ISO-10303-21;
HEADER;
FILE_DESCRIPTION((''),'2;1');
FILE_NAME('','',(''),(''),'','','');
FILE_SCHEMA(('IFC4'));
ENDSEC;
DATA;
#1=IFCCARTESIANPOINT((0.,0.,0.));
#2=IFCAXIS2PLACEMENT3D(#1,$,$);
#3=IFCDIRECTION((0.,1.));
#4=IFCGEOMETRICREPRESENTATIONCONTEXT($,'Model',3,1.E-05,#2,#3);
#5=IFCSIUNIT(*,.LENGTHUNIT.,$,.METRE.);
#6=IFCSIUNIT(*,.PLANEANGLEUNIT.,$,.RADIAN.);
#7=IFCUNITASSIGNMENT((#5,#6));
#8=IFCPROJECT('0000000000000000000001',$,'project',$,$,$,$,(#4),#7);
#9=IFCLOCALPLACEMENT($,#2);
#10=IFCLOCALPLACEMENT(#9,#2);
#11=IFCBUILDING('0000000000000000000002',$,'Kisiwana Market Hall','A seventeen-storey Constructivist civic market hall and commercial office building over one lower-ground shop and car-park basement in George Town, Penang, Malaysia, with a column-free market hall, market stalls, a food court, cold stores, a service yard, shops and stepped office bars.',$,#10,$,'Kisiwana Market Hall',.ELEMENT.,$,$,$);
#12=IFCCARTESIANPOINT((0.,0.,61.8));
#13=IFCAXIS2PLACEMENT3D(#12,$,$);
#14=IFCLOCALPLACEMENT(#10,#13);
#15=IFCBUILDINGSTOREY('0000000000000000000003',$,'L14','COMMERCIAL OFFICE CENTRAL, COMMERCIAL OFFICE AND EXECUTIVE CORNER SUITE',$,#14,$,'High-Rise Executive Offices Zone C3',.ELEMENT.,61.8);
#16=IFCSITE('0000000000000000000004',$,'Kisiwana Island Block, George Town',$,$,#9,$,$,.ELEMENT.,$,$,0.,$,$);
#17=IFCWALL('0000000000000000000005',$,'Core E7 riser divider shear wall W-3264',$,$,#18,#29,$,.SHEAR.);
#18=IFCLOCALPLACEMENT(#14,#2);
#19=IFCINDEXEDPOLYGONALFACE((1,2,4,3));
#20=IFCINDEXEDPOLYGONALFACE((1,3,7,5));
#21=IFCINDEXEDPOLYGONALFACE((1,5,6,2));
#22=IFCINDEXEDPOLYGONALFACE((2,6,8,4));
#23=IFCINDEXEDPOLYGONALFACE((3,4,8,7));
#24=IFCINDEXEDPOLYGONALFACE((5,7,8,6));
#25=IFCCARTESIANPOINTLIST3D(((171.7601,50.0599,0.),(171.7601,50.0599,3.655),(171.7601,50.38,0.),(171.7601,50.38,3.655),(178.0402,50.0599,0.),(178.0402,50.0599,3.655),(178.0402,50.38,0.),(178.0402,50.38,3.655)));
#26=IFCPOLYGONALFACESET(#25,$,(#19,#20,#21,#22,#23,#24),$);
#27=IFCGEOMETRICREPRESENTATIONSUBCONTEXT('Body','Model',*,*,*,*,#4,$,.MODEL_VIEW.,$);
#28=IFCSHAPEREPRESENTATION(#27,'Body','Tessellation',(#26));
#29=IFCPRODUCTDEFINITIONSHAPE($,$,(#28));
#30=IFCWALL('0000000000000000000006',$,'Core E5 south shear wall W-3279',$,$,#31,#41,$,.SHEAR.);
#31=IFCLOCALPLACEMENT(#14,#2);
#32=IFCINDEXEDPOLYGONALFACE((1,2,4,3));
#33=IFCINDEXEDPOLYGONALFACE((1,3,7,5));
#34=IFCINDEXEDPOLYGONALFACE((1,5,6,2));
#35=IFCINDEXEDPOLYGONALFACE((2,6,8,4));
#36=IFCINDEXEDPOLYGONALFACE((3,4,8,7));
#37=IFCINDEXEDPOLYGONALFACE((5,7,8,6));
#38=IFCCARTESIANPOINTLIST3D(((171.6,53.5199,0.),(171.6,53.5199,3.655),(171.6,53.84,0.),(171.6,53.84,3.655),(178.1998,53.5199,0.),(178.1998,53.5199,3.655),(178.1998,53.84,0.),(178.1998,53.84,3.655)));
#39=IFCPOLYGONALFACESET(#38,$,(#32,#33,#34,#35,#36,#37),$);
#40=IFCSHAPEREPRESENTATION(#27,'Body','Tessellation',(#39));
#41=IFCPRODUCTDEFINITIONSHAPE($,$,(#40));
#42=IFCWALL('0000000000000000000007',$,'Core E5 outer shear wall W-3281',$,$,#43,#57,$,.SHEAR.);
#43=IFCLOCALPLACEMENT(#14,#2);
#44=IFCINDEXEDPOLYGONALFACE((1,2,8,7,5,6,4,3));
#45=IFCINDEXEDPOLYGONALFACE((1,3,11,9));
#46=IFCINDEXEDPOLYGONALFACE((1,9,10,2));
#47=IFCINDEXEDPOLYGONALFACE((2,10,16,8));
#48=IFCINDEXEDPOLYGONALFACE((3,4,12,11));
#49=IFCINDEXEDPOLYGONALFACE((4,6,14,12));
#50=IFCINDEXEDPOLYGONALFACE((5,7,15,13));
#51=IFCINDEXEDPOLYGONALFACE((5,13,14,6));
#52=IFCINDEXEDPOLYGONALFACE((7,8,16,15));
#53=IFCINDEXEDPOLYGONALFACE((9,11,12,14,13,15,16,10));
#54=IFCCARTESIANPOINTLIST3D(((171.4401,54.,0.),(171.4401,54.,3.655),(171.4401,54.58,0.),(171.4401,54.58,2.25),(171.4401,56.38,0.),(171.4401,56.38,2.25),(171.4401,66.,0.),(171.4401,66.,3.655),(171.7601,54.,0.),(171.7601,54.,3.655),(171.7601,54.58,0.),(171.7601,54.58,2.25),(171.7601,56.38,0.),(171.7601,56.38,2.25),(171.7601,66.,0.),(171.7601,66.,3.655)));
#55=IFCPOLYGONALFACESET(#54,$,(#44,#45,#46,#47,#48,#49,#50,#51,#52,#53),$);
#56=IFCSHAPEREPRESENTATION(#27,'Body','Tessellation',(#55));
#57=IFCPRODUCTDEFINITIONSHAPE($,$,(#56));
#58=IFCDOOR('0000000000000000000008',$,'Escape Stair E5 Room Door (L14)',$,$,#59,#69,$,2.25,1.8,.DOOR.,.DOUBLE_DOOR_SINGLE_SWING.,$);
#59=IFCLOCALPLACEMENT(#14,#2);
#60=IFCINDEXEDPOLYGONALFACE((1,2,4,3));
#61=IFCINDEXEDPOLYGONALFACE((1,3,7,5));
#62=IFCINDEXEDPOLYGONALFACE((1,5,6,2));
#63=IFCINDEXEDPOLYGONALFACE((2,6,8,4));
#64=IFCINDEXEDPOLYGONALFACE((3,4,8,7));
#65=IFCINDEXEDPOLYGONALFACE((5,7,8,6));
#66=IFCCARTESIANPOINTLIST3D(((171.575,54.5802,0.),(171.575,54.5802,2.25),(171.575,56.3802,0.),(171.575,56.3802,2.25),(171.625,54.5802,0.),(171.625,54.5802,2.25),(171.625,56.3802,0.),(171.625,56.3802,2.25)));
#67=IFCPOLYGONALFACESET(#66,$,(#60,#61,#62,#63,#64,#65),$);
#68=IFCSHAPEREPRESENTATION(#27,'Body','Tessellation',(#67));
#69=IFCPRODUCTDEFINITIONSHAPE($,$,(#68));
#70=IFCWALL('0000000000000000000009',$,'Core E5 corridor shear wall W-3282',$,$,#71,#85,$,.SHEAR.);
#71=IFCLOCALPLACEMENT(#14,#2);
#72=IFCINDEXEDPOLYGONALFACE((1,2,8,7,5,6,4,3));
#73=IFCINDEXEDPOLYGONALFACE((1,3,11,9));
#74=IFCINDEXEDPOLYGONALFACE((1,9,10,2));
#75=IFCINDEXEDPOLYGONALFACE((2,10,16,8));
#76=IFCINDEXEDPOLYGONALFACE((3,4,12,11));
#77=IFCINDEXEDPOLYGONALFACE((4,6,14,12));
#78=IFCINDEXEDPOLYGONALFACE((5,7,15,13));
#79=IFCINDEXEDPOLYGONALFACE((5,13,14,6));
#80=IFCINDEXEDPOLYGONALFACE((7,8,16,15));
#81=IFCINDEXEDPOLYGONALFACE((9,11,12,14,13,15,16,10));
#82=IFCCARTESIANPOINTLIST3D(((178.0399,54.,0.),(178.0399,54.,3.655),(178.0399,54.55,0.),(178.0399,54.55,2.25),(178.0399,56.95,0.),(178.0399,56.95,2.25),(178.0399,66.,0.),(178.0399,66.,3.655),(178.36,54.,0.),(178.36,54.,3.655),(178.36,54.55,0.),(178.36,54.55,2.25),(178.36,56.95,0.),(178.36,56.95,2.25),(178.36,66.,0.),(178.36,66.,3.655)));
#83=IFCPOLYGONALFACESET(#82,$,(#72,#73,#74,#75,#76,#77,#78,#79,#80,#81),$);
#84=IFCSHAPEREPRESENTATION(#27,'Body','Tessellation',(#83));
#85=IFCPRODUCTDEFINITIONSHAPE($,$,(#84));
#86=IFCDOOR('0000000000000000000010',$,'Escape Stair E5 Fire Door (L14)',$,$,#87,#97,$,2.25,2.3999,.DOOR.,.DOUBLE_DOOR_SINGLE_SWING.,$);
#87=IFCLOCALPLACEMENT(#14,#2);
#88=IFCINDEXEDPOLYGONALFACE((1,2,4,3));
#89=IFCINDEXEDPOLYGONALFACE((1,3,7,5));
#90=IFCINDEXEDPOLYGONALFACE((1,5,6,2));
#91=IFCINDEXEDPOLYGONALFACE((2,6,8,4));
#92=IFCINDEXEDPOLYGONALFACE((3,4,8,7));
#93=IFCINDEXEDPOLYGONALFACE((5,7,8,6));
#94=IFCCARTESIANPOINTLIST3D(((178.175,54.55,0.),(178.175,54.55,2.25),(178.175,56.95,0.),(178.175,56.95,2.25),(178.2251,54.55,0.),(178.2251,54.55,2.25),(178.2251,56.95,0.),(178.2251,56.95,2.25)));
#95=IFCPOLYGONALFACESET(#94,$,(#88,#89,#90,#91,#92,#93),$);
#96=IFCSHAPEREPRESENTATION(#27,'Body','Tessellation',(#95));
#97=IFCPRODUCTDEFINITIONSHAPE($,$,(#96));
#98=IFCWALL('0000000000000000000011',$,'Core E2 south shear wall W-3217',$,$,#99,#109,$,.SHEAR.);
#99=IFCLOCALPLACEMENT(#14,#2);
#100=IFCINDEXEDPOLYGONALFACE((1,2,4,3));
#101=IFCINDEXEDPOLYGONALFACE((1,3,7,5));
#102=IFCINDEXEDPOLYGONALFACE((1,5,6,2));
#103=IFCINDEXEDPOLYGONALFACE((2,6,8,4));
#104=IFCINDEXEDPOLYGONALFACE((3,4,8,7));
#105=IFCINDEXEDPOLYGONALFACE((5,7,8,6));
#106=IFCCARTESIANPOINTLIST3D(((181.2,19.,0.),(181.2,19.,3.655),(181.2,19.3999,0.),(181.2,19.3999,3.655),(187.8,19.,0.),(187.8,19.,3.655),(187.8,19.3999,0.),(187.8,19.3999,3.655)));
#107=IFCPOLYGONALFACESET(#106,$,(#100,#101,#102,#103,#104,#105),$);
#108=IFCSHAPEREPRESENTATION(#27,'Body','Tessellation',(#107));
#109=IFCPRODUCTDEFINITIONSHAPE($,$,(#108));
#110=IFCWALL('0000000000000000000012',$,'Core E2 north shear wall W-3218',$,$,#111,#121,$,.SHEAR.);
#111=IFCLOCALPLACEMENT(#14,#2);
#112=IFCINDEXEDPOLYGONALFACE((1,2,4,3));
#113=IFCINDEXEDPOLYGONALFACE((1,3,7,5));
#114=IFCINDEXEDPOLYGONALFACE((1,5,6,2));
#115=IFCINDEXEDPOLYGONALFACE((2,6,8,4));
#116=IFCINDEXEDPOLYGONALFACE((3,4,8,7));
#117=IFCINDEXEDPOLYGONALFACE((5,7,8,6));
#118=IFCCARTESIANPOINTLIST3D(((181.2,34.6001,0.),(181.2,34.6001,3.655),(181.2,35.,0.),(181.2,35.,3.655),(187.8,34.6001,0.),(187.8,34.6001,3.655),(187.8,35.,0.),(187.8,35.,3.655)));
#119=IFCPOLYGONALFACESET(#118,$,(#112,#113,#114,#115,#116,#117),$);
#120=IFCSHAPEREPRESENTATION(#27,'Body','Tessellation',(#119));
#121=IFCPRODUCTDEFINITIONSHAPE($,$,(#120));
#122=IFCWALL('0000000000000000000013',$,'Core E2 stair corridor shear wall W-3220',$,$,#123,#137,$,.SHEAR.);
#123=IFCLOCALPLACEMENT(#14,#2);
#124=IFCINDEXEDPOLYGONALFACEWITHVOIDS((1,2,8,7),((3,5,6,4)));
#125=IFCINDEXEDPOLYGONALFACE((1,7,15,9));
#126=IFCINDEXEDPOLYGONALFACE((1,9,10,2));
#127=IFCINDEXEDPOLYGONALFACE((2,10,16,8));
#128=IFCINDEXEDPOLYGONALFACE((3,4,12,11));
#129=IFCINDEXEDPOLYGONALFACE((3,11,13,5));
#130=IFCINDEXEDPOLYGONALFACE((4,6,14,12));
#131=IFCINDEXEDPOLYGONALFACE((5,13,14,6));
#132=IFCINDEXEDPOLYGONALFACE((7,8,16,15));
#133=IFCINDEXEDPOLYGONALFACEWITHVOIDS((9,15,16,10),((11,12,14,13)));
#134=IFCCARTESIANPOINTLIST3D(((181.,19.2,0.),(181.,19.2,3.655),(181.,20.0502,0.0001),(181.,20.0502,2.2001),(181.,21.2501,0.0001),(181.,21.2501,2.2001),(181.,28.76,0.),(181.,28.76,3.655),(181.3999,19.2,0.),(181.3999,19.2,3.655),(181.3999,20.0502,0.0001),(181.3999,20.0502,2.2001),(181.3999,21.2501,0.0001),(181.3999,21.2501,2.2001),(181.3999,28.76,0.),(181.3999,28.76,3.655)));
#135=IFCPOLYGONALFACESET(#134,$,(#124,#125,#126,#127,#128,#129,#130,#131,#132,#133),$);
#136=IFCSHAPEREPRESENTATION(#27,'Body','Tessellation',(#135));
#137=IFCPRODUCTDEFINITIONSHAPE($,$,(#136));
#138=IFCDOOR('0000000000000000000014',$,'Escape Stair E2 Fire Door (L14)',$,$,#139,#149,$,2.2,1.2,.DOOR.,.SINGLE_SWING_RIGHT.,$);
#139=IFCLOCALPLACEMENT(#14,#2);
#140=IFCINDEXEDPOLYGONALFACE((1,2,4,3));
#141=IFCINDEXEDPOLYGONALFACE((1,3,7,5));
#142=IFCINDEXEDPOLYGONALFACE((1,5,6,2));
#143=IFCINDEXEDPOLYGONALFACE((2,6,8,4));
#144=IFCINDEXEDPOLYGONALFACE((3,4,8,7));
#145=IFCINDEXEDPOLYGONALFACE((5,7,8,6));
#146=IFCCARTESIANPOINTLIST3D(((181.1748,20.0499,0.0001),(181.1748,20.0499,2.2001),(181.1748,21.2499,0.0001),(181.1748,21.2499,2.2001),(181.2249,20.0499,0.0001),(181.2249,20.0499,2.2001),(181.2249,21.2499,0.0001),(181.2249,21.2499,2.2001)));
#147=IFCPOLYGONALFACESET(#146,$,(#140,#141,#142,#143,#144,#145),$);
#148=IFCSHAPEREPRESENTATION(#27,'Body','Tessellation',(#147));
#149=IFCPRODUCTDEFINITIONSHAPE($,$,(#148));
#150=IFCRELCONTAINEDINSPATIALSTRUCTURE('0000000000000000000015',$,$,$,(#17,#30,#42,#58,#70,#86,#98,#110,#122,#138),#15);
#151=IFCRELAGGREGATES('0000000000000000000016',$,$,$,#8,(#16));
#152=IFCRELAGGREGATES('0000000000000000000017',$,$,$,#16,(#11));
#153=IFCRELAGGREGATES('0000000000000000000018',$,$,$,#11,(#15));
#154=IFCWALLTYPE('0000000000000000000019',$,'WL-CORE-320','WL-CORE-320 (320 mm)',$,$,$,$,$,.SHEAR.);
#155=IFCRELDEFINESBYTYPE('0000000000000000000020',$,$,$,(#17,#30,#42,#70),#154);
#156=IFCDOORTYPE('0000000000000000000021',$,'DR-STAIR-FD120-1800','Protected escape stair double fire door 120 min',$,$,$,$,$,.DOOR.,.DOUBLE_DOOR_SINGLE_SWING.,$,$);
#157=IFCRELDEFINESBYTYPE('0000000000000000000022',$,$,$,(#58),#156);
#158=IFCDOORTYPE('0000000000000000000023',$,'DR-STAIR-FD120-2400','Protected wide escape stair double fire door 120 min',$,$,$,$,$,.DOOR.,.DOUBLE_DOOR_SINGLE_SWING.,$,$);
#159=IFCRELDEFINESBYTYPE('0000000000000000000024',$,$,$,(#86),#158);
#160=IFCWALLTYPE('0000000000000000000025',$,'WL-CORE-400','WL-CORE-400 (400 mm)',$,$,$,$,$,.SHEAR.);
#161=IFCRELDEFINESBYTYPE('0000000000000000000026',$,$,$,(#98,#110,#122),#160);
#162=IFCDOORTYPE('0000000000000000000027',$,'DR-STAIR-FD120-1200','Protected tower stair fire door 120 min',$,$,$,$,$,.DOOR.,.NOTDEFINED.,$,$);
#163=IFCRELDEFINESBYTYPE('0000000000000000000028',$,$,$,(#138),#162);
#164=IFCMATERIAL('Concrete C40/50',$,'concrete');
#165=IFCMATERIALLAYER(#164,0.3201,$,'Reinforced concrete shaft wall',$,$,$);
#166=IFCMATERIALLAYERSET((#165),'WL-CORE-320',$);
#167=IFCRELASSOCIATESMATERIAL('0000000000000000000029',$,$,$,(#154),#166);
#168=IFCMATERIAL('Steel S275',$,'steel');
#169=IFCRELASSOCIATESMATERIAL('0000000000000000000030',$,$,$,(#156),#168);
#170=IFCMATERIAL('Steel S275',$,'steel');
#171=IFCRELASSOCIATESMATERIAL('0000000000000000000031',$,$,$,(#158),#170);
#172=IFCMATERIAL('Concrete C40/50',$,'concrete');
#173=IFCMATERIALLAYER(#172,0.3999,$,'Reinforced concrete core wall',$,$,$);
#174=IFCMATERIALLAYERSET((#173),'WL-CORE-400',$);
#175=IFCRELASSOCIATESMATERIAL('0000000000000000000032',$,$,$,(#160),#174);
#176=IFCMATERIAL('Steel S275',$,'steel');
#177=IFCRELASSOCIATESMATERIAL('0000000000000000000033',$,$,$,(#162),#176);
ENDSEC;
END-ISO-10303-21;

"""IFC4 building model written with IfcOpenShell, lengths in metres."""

from ifc_helpers import new_model, si_unit, direction, frame, frame_2d, origin, place, context, subcontext, project, spatial, rectangle, extrude, material, layer, layer_set, type_object, element, fill, save


model = new_model("IFC4")

# Units and contexts
model_context = context("Model", 3, precision=1e-05, world=origin(), true_north=direction((0.0, 1.0)))
body_context = subcontext(model_context, "Body", "Model", "MODEL_VIEW")
ifc_project = project(units=[si_unit("LENGTHUNIT", "METRE"), si_unit("PLANEANGLEUNIT", "RADIAN")], contexts=[model_context])

# Site, building, storey
site_placement = place(None, origin())
site = spatial("IfcSite", under=ifc_project, at=site_placement, Name="Kisiwana Island Block, George Town", CompositionType="ELEMENT", RefElevation=0.0)
building_placement = place(site_placement, origin())
building = spatial("IfcBuilding", under=site, at=building_placement, Name="Kisiwana Market Hall", Description="A seventeen-storey Constructivist civic market hall and commercial office building over one lower-ground shop and car-park basement in George Town, Penang, Malaysia, with a column-free market hall, market stalls, a food court, cold stores, a service yard, shops and stepped office bars.", LongName="Kisiwana Market Hall", CompositionType="ELEMENT")
storey_placement = place(building_placement, frame((0.0, 0.0, 61.8)))
storey = spatial("IfcBuildingStorey", under=building, at=storey_placement, Name="L14", Description="COMMERCIAL OFFICE CENTRAL, COMMERCIAL OFFICE AND EXECUTIVE CORNER SUITE", LongName="High-Rise Executive Offices Zone C3", CompositionType="ELEMENT", Elevation=61.8)

# Shared definitions
ifc_material_1 = material(Name="Concrete C40/50", Category="concrete")
ifc_layer_1 = layer(ifc_material_1, 0.3201, Name="Reinforced concrete shaft wall")
ifc_layer_set_1 = layer_set([ifc_layer_1], Name="WL-CORE-320")
wall_type_1 = type_object("IfcWallType", Name="WL-CORE-320", Description="WL-CORE-320 (320 mm)", PredefinedType="SHEAR", material=ifc_layer_set_1)

# Shared definitions
ifc_material_2 = material(Name="Steel S275", Category="steel")
door_type_1 = type_object("IfcDoorType", Name="DR-STAIR-FD120-1800", Description="Protected escape stair double fire door 120 min", OperationType="DOUBLE_DOOR_SINGLE_SWING", PredefinedType="DOOR", material=ifc_material_2)
ifc_material_3 = material(Name="Steel S275", Category="steel")
door_type_2 = type_object("IfcDoorType", Name="DR-STAIR-FD120-2400", Description="Protected wide escape stair double fire door 120 min", OperationType="DOUBLE_DOOR_SINGLE_SWING", PredefinedType="DOOR", material=ifc_material_3)

# Walls
wall_1_placement = place(storey_placement, frame((171.76, 50.22, 0.0), z_axis=(0.0, 0.0, 1.0), x_axis=(1.0, 0.0, 0.0)))
element("IfcWall", 1, at=wall_1_placement, inside=storey, type_object=wall_type_1, Name="Core E7 riser divider shear wall W-3264", PredefinedType="SHEAR", context=body_context, shape_type="SweptSolid", body=[
    extrude(rectangle(XDim=6.28, YDim=0.3201, at=frame_2d((3.1401, 0.0))), origin(), (0.0, 0.0, 1.0), 3.655),
])
wall_2_placement = place(storey_placement, frame((171.6001, 53.6799, 0.0), z_axis=(0.0, 0.0, 1.0), x_axis=(1.0, 0.0, 0.0)))
element("IfcWall", 2, at=wall_2_placement, inside=storey, type_object=wall_type_1, Name="Core E5 south shear wall W-3279", PredefinedType="SHEAR", context=body_context, shape_type="SweptSolid", body=[
    extrude(rectangle(XDim=6.5999, YDim=0.3201, at=frame_2d((3.2998, 0.0))), origin(), (0.0, 0.0, 1.0), 3.655),
])

# Walls, openings, doors
wall_3_placement = place(storey_placement, frame((171.6001, 54.0, 0.0), z_axis=(0.0, 0.0, 1.0), x_axis=(0.0, 1.0, 0.0)))
wall_3 = element("IfcWall", 3, at=wall_3_placement, inside=storey, type_object=wall_type_1, Name="Core E5 outer shear wall W-3281", PredefinedType="SHEAR", context=body_context, shape_type="SweptSolid", body=[
    extrude(rectangle(XDim=12.0, YDim=0.3201, at=frame_2d((6.0, 0.0))), origin(), (0.0, 0.0, 1.0), 3.655),
])
opening_1_placement = place(wall_3_placement, frame((0.5801, 0.0, 0.0)))
opening_1 = element("IfcOpeningElement", 4, at=opening_1_placement, cuts=wall_3, PredefinedType="OPENING", context=body_context, shape_type="SweptSolid", body=[
    extrude(rectangle(XDim=1.8, YDim=2.25, at=frame_2d((0.8999, 1.125))), frame((0.0, 0.1719, 0.0), z_axis=(0.0, -1.0, 0.0), x_axis=(1.0, 0.0, 0.0)), (0.0, 0.0, 1.0), 0.344),
])
door_1_placement = place(opening_1_placement, frame((1.8, 0.0, 0.0), z_axis=(0.0, 0.0, 1.0), x_axis=(-1.0, 0.0, 0.0)))
door_1 = element("IfcDoor", 5, at=door_1_placement, inside=storey, type_object=door_type_1, Name="Escape Stair E5 Room Door (L14)", OperationType="DOUBLE_DOOR_SINGLE_SWING", OverallHeight=2.25, OverallWidth=1.8, PredefinedType="DOOR", context=body_context, shape_type="SweptSolid", body=[
    extrude(rectangle(XDim=1.8, YDim=2.25, at=frame_2d((0.8999, 1.125))), frame((0.0, 0.0249, 0.0), z_axis=(0.0, -1.0, 0.0), x_axis=(1.0, 0.0, 0.0)), (0.0, 0.0, 1.0), 0.05),
])
fill(opening_1, door_1)
wall_4_placement = place(storey_placement, frame((178.2, 54.0, 0.0), z_axis=(0.0, 0.0, 1.0), x_axis=(0.0, 1.0, 0.0)))
wall_4 = element("IfcWall", 6, at=wall_4_placement, inside=storey, type_object=wall_type_1, Name="Core E5 corridor shear wall W-3282", PredefinedType="SHEAR", context=body_context, shape_type="SweptSolid", body=[
    extrude(rectangle(XDim=12.0, YDim=0.3201, at=frame_2d((6.0, 0.0))), origin(), (0.0, 0.0, 1.0), 3.655),
])
opening_2_placement = place(wall_4_placement, frame((0.55, 0.0, 0.0)))
opening_2 = element("IfcOpeningElement", 7, at=opening_2_placement, cuts=wall_4, PredefinedType="OPENING", context=body_context, shape_type="SweptSolid", body=[
    extrude(rectangle(XDim=2.3999, YDim=2.25, at=frame_2d((1.2, 1.125))), frame((0.0, 0.1719, 0.0), z_axis=(0.0, -1.0, 0.0), x_axis=(1.0, 0.0, 0.0)), (0.0, 0.0, 1.0), 0.344),
])
door_2_placement = place(opening_2_placement, origin())
door_2 = element("IfcDoor", 8, at=door_2_placement, inside=storey, type_object=door_type_2, Name="Escape Stair E5 Fire Door (L14)", OperationType="DOUBLE_DOOR_SINGLE_SWING", OverallHeight=2.25, OverallWidth=2.3999, PredefinedType="DOOR", context=body_context, shape_type="SweptSolid", body=[
    extrude(rectangle(XDim=2.3999, YDim=2.25, at=frame_2d((1.2, 1.125))), frame((0.0, 0.0249, 0.0), z_axis=(0.0, -1.0, 0.0), x_axis=(1.0, 0.0, 0.0)), (0.0, 0.0, 1.0), 0.05),
])
fill(opening_2, door_2)

# Walls
ifc_material_4 = material(Name="Concrete C40/50", Category="concrete")
ifc_layer_2 = layer(ifc_material_4, 0.3999, Name="Reinforced concrete core wall")
ifc_layer_set_2 = layer_set([ifc_layer_2], Name="WL-CORE-400")
wall_type_2 = type_object("IfcWallType", Name="WL-CORE-400", Description="WL-CORE-400 (400 mm)", PredefinedType="SHEAR", material=ifc_layer_set_2)
for number, where, z_axis, x_axis, name in (
    (9, (181.2, 19.2, 0.0), (0.0, 0.0, 1.0), (1.0, 0.0, 0.0), "Core E2 south shear wall W-3217"),
    (10, (181.2, 34.8, 0.0), (0.0, 0.0, 1.0), (1.0, 0.0, 0.0), "Core E2 north shear wall W-3218"),
):
    element("IfcWall", number, at=place(storey_placement, frame(where, z_axis=z_axis, x_axis=x_axis)), inside=storey, type_object=wall_type_2, Name=name, PredefinedType="SHEAR", context=body_context, shape_type="SweptSolid", body=[
        extrude(rectangle(XDim=6.6001, YDim=0.3999, at=frame_2d((3.3, 0.0))), origin(), (0.0, 0.0, 1.0), 3.655),
    ])

# Wall, opening, door
wall_5_placement = place(storey_placement, frame((181.2, 19.2, 0.0), z_axis=(0.0, 0.0, 1.0), x_axis=(0.0, 1.0, 0.0)))
wall_5 = element("IfcWall", 11, at=wall_5_placement, inside=storey, type_object=wall_type_2, Name="Core E2 stair corridor shear wall W-3220", PredefinedType="SHEAR", context=body_context, shape_type="SweptSolid", body=[
    extrude(rectangle(XDim=9.5601, YDim=0.3999, at=frame_2d((4.78, 0.0))), origin(), (0.0, 0.0, 1.0), 3.655),
])
opening_3_placement = place(wall_5_placement, frame((0.8501, 0.0, 0.0)))
opening_3 = element("IfcOpeningElement", 12, at=opening_3_placement, cuts=wall_5, PredefinedType="OPENING", context=body_context, shape_type="SweptSolid", body=[
    extrude(rectangle(XDim=1.2, YDim=2.2, at=frame_2d((0.6001, 1.1001))), frame((0.0, 0.2119, 0.0), z_axis=(0.0, -1.0, 0.0), x_axis=(1.0, 0.0, 0.0)), (0.0, 0.0, 1.0), 0.4238),
])
ifc_material_5 = material(Name="Steel S275", Category="steel")
door_type_3 = type_object("IfcDoorType", Name="DR-STAIR-FD120-1200", Description="Protected tower stair fire door 120 min", OperationType="NOTDEFINED", PredefinedType="DOOR", material=ifc_material_5)
door_3_placement = place(opening_3_placement, frame((1.2, 0.0, 0.0), z_axis=(0.0, 0.0, 1.0), x_axis=(-1.0, 0.0, 0.0)))
door_3 = element("IfcDoor", 13, at=door_3_placement, inside=storey, type_object=door_type_3, Name="Escape Stair E2 Fire Door (L14)", OperationType="SINGLE_SWING_RIGHT", OverallHeight=2.2, OverallWidth=1.2, PredefinedType="DOOR", context=body_context, shape_type="SweptSolid", body=[
    extrude(rectangle(XDim=1.2, YDim=2.2, at=frame_2d((0.6001, 1.1001))), frame((0.0, 0.0249, 0.0), z_axis=(0.0, -1.0, 0.0), x_axis=(1.0, 0.0, 0.0)), (0.0, 0.0, 1.0), 0.05),
])
fill(opening_3, door_3)

save(model, "model.ifc")
